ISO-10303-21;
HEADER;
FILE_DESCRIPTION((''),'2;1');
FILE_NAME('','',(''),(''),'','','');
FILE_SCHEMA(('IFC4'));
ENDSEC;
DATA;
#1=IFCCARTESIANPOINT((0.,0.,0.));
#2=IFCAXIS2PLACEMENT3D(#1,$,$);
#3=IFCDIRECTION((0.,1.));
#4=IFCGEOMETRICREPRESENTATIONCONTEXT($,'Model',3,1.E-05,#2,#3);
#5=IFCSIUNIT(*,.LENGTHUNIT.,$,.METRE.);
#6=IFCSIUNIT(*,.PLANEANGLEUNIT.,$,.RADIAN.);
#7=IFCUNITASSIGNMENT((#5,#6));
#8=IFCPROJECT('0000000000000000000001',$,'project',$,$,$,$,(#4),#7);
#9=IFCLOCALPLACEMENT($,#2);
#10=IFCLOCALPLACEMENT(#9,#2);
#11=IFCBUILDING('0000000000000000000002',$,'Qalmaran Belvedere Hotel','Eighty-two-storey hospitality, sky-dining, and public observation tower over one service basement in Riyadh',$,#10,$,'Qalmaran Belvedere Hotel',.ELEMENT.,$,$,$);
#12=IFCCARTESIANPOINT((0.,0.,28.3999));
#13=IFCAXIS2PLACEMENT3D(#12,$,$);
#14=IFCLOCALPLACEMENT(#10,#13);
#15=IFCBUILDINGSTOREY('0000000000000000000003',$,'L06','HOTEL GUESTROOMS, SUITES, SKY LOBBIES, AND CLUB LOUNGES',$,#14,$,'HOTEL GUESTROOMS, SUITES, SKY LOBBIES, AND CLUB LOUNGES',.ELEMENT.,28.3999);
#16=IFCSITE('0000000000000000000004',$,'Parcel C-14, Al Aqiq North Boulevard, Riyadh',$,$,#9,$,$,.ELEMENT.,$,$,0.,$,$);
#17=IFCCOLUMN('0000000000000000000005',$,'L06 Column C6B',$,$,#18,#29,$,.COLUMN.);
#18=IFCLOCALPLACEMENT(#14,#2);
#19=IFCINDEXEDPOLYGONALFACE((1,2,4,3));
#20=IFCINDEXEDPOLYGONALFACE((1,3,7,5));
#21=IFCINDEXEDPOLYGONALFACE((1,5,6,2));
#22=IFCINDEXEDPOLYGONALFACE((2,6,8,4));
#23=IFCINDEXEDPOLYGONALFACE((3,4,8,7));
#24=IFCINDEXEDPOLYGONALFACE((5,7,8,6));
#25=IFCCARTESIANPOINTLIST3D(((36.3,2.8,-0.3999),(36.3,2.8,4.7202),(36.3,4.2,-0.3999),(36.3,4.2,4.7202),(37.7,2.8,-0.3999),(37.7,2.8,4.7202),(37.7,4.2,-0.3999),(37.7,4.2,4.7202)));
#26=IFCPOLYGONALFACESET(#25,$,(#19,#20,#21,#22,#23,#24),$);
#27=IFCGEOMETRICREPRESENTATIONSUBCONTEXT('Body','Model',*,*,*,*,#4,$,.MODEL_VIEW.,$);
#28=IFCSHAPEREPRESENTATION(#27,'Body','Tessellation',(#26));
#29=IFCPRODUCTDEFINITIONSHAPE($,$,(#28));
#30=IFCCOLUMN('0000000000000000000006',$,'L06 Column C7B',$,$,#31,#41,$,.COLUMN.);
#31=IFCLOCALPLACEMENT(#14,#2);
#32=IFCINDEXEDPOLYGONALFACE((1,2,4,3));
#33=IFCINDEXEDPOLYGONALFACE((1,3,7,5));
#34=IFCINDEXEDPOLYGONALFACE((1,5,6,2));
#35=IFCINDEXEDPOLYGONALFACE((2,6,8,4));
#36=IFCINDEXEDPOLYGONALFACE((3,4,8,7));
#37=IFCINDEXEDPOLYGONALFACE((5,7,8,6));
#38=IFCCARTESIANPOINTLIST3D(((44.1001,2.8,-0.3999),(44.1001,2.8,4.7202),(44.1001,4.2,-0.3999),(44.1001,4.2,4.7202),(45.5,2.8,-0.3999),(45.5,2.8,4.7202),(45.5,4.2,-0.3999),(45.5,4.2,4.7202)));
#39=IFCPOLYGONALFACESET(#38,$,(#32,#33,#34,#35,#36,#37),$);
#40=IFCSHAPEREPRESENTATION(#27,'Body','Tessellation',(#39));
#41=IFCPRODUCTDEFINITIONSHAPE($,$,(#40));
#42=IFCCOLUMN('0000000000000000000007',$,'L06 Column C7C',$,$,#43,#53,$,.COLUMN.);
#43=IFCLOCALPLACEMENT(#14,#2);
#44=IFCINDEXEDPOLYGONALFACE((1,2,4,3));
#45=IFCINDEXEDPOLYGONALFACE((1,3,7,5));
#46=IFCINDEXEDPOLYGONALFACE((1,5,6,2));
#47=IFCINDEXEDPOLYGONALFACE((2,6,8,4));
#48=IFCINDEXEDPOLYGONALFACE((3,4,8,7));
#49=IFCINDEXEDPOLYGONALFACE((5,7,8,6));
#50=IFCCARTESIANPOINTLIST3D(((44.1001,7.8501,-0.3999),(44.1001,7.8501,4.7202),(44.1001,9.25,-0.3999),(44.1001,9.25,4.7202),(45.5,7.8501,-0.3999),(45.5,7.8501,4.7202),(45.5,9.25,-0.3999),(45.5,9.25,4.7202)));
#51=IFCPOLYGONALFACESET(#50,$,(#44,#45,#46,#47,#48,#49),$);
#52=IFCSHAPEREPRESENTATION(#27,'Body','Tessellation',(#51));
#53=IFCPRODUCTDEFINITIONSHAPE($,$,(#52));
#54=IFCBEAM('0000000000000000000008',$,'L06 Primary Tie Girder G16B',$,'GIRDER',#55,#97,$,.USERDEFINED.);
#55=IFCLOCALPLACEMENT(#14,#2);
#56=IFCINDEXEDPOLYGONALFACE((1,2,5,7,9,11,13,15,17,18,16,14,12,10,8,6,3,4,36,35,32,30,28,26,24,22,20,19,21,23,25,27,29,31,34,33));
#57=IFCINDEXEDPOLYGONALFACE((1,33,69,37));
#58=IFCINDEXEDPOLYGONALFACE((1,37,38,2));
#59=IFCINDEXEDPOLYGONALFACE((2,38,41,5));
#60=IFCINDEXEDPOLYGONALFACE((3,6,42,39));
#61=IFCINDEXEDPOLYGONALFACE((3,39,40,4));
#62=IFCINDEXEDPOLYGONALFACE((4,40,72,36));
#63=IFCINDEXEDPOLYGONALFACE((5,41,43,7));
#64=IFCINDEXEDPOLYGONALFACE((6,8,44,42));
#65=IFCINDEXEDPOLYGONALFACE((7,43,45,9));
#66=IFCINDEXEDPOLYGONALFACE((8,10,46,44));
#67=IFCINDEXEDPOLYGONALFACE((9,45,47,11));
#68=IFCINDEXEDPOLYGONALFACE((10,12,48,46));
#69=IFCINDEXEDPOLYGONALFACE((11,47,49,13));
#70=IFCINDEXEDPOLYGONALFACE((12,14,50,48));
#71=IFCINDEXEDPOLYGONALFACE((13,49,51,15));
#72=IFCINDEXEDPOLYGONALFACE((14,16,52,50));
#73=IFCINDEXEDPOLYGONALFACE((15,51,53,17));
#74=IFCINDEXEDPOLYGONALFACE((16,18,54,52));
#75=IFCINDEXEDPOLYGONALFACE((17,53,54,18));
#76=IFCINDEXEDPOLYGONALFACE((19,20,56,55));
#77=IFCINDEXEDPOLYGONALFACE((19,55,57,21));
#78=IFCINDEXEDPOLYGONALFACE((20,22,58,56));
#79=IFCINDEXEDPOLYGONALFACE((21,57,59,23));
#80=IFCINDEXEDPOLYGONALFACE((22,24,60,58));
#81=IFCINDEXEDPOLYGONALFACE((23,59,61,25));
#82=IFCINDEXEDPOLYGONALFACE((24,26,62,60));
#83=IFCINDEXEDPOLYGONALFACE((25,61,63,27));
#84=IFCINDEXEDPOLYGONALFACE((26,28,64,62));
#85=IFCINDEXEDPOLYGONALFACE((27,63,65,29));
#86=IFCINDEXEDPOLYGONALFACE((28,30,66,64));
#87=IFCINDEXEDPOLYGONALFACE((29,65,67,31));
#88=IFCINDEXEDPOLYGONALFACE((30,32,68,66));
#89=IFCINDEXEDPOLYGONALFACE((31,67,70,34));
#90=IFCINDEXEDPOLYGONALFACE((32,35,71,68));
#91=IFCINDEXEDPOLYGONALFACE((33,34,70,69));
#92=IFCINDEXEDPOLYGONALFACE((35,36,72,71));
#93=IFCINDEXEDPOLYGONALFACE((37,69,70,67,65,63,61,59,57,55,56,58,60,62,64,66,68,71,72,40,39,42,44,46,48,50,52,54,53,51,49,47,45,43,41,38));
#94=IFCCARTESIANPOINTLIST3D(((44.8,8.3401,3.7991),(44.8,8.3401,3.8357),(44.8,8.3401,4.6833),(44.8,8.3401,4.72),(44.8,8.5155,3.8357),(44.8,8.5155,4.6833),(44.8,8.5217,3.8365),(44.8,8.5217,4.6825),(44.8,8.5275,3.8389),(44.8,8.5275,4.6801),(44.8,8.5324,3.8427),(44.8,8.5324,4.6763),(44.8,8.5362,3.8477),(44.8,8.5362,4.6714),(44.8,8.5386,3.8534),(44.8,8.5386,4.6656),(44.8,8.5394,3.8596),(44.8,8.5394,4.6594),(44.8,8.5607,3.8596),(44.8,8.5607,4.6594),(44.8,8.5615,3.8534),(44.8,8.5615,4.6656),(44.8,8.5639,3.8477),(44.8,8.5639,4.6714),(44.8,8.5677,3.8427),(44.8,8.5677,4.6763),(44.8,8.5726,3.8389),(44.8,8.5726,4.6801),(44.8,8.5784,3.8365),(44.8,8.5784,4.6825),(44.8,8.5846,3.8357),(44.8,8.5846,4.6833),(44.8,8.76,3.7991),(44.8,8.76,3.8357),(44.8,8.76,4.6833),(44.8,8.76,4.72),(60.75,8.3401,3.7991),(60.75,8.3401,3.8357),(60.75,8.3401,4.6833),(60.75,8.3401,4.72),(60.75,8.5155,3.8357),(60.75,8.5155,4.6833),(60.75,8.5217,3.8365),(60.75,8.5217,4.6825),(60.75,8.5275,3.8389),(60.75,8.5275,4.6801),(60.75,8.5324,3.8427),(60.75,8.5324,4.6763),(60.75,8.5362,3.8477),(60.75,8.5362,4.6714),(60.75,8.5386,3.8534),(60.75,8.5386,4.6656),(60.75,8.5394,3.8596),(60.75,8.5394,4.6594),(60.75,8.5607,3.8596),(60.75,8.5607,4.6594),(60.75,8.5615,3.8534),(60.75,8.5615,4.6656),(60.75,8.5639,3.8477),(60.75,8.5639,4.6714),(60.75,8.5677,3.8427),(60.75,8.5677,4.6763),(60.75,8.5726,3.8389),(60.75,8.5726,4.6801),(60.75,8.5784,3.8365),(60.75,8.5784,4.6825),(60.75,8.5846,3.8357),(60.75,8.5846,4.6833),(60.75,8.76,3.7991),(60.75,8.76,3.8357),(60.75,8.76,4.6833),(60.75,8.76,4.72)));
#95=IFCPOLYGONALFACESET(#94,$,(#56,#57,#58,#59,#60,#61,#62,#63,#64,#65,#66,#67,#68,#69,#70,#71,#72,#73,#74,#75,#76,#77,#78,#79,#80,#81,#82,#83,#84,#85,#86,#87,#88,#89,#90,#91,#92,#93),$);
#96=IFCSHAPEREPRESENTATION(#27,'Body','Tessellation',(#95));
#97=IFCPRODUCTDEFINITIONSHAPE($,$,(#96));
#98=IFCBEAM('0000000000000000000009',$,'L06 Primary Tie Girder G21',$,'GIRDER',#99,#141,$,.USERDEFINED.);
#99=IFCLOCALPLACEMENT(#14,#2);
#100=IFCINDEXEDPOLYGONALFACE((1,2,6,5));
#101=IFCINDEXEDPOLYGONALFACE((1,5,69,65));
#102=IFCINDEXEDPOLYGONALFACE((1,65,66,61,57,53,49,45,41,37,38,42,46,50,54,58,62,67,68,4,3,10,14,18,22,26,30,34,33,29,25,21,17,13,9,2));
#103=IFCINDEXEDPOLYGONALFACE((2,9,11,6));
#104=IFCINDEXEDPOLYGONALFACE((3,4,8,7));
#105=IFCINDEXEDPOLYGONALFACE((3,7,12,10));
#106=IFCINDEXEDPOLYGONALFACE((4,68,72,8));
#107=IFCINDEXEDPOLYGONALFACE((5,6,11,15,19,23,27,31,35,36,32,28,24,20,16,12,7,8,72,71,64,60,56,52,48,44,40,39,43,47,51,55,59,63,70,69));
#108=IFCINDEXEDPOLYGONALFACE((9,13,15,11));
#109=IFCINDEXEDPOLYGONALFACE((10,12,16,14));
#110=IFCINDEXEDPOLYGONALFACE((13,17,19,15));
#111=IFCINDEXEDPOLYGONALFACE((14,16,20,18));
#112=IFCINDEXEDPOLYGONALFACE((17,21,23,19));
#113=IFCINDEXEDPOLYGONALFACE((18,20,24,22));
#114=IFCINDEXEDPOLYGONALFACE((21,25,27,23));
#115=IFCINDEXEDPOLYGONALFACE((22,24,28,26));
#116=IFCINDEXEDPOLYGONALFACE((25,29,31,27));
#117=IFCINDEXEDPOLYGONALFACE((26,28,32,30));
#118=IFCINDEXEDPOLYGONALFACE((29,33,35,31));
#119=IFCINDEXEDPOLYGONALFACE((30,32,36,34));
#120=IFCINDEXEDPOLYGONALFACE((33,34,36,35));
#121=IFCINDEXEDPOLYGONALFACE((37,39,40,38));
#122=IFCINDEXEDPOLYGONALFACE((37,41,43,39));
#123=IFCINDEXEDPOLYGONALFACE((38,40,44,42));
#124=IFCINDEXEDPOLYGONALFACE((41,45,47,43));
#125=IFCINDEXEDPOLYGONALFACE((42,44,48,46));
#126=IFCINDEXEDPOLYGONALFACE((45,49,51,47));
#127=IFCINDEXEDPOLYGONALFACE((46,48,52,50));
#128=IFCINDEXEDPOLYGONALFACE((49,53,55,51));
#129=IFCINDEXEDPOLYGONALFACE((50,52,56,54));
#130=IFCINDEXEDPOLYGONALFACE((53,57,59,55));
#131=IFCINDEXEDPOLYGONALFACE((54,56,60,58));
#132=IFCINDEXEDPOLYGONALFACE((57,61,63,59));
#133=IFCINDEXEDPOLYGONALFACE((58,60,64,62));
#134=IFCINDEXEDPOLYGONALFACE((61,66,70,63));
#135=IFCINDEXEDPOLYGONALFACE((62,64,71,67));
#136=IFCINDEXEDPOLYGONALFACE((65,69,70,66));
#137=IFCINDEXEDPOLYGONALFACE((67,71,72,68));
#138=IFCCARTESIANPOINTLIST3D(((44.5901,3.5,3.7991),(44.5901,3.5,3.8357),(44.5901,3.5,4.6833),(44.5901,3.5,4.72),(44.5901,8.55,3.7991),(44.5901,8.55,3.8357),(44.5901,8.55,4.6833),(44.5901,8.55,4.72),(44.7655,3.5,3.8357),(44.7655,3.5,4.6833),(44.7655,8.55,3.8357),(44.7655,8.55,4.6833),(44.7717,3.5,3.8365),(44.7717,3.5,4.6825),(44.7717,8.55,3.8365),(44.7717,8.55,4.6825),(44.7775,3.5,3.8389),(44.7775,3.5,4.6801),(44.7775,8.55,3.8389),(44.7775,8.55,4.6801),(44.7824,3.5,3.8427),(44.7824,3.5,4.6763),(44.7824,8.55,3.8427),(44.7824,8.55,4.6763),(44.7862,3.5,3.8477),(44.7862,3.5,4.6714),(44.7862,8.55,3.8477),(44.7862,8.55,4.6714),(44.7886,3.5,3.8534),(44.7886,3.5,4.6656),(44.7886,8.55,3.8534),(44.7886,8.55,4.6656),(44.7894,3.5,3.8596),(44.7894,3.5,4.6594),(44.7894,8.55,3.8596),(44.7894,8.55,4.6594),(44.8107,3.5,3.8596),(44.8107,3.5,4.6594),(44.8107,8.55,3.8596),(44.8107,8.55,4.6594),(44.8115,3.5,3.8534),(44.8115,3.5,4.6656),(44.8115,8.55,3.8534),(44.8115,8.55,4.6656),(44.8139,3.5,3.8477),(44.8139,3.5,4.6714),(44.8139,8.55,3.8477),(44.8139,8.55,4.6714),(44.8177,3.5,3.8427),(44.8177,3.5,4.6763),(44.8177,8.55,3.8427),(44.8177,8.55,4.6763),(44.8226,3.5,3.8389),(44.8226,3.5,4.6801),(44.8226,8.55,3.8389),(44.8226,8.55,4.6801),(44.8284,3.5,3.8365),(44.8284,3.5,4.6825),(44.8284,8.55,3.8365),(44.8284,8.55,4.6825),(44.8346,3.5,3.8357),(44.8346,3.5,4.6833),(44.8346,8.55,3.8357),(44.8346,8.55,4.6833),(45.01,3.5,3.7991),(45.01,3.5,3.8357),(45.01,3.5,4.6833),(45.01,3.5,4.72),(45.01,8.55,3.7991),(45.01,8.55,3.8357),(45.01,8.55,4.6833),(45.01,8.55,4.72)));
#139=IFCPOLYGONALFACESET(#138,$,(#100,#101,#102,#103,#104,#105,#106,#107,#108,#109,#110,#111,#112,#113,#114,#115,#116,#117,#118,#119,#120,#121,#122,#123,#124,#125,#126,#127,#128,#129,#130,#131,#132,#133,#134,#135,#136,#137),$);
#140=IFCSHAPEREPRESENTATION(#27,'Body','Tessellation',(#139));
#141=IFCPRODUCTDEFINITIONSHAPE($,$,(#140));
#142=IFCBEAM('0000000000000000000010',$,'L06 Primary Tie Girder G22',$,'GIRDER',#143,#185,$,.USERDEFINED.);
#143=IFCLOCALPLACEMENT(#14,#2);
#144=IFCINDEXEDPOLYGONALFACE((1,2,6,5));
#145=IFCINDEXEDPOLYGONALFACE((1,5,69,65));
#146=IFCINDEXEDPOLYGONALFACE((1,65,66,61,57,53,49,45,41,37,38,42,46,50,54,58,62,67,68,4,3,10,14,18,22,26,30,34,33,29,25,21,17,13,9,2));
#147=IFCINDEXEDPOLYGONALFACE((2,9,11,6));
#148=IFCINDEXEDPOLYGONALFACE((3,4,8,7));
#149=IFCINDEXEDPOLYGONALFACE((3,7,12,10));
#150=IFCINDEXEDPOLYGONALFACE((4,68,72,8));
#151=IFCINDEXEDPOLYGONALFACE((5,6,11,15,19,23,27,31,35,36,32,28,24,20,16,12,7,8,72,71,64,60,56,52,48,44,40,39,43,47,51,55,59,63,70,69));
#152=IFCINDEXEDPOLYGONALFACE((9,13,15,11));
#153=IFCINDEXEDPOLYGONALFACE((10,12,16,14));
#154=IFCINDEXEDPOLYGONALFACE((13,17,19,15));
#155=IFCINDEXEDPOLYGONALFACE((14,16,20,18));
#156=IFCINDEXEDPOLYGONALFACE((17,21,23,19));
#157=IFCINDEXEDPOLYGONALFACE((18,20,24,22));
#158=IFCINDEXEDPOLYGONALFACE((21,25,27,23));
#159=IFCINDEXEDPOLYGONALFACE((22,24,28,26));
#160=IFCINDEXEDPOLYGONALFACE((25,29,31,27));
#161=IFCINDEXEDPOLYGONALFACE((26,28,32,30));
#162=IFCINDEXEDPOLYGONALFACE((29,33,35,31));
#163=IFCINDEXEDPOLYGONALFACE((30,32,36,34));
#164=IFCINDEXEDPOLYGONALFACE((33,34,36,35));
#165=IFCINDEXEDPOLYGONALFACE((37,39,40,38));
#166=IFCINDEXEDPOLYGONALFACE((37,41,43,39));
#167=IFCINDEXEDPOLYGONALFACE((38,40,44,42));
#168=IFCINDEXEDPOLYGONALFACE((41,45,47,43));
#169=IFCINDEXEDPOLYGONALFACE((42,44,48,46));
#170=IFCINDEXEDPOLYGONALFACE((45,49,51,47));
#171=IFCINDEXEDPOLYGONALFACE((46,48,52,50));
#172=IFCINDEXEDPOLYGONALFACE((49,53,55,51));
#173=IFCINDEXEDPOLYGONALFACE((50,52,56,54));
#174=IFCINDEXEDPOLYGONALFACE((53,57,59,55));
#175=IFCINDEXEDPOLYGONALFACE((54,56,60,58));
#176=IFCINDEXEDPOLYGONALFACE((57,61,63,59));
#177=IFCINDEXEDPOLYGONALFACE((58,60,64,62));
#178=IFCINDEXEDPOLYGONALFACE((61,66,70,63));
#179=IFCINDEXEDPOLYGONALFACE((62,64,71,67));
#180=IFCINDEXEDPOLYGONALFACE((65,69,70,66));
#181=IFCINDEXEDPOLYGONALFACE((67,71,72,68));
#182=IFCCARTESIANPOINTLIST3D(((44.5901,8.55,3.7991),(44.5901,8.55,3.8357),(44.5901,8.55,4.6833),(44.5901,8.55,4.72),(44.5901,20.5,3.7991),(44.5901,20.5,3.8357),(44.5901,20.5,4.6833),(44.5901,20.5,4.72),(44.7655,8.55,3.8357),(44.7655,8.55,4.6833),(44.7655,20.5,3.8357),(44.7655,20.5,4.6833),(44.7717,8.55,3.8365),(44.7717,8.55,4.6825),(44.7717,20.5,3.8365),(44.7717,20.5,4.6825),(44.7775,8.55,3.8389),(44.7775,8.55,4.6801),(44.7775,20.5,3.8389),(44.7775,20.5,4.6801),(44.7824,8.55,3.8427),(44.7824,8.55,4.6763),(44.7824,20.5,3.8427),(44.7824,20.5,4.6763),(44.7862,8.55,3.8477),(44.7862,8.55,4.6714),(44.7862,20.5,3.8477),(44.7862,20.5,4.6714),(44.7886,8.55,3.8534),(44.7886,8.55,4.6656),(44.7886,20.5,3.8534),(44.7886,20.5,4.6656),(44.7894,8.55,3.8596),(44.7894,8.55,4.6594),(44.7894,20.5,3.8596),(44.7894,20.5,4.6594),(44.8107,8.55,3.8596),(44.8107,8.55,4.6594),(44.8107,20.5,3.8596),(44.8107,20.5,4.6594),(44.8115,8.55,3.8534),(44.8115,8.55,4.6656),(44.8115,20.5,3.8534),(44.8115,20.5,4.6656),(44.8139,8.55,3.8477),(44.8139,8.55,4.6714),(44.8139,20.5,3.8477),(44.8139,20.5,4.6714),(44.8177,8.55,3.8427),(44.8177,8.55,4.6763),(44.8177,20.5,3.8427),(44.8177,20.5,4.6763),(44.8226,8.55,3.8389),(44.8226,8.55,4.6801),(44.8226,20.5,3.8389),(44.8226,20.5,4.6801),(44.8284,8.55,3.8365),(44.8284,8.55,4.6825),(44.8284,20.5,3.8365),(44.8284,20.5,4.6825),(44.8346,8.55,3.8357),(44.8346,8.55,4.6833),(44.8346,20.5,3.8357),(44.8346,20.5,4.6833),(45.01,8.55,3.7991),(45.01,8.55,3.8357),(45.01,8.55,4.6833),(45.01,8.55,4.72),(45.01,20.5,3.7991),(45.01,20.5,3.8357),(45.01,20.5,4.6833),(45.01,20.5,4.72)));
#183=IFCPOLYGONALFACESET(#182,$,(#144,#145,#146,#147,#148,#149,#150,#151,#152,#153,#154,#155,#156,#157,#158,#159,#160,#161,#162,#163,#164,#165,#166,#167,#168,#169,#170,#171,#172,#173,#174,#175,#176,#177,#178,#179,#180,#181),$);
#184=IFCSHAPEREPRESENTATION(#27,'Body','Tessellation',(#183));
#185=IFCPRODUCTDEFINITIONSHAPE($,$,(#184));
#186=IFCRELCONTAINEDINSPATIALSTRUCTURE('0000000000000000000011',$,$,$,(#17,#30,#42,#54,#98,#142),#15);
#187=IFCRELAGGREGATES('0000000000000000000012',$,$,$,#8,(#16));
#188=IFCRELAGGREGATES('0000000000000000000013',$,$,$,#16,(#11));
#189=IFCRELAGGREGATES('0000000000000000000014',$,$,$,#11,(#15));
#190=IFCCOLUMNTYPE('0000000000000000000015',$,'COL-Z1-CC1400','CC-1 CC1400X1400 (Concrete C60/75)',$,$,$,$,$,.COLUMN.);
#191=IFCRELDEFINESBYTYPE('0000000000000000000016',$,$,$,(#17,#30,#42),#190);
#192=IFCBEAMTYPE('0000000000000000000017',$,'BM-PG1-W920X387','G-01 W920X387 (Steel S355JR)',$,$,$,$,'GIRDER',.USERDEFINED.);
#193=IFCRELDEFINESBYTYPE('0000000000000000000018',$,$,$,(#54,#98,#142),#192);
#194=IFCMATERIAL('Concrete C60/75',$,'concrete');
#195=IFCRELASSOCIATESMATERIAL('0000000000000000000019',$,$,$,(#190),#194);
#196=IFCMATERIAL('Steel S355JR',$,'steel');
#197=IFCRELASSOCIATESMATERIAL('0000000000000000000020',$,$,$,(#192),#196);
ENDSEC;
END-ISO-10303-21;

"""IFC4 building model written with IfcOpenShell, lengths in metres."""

from ifc_helpers import new_model, si_unit, direction, frame, origin, origin_2d, place, context, subcontext, project, spatial, rectangle, i_section, extrude, material, material_profile, profile_set, type_object, element, save


model = new_model("IFC4")

# Units and contexts
model_context = context("Model", 3, precision=1e-05, world=origin(), true_north=direction((0.0, 1.0)))
body_context = subcontext(model_context, "Body", "Model", "MODEL_VIEW")
ifc_project = project(units=[si_unit("LENGTHUNIT", "METRE"), si_unit("PLANEANGLEUNIT", "RADIAN")], contexts=[model_context])

# Site, building, storey
site_placement = place(None, origin())
site = spatial("IfcSite", under=ifc_project, at=site_placement, Name="Parcel C-14, Al Aqiq North Boulevard, Riyadh", CompositionType="ELEMENT", RefElevation=0.0)
building_placement = place(site_placement, origin())
building = spatial("IfcBuilding", under=site, at=building_placement, Name="Qalmaran Belvedere Hotel", Description="Eighty-two-storey hospitality, sky-dining, and public observation tower over one service basement in Riyadh", LongName="Qalmaran Belvedere Hotel", CompositionType="ELEMENT")
storey_placement = place(building_placement, frame((0.0, 0.0, 28.3999)))
storey = spatial("IfcBuildingStorey", under=building, at=storey_placement, Name="L06", Description="HOTEL GUESTROOMS, SUITES, SKY LOBBIES, AND CLUB LOUNGES", LongName="HOTEL GUESTROOMS, SUITES, SKY LOBBIES, AND CLUB LOUNGES", CompositionType="ELEMENT", Elevation=28.3999)

# Columns
ifc_material_1 = material(Name="Concrete C60/75", Category="concrete")
ifc_material_profile_1 = material_profile(ifc_material_1, rectangle(XDim=1.3999, YDim=1.3999, at=origin_2d()), Name="CC1400X1400")
ifc_profile_set_1 = profile_set([ifc_material_profile_1], Name="Concrete C60/75")
column_type = type_object("IfcColumnType", Name="COL-Z1-CC1400", Description="CC-1 CC1400X1400 (Concrete C60/75)", PredefinedType="COLUMN", material=ifc_profile_set_1)
for number, where, z_axis, x_axis, name in (
    (1, (37.0, 3.5, -0.3999), (0.0, 0.0, 1.0), (1.0, 0.0, 0.0), "L06 Column C6B"),
    (2, (44.8, 3.5, -0.3999), (0.0, 0.0, 1.0), (1.0, 0.0, 0.0), "L06 Column C7B"),
    (3, (44.8, 8.55, -0.3999), (0.0, 0.0, 1.0), (1.0, 0.0, 0.0), "L06 Column C7C"),
):
    element("IfcColumn", number, at=place(storey_placement, frame(where, z_axis=z_axis, x_axis=x_axis)), inside=storey, type_object=column_type, Name=name, PredefinedType="COLUMN", context=body_context, shape_type="SweptSolid", body=[
        extrude(rectangle(XDim=1.3999, YDim=1.3999, at=origin_2d()), origin(), (0.0, 0.0, 1.0), 5.1201),
    ])

# Beams
ifc_material_2 = material(Name="Steel S355JR", Category="steel")
ifc_material_profile_2 = material_profile(ifc_material_2, i_section(OverallWidth=0.4199, OverallDepth=0.9209, WebThickness=0.0212, FlangeThickness=0.0366, FilletRadius=0.0239, at=origin_2d()), Name="W920X387")
ifc_profile_set_2 = profile_set([ifc_material_profile_2], Name="Steel S355JR")
beam_type_1 = type_object("IfcBeamType", Name="BM-PG1-W920X387", Description="G-01 W920X387 (Steel S355JR)", ElementType="GIRDER", PredefinedType="USERDEFINED", material=ifc_profile_set_2)
beam_1_placement = place(storey_placement, frame((44.8, 8.55, 4.2595), z_axis=(1.0, 0.0, 0.0), x_axis=(0.0, 1.0, 0.0)))
element("IfcBeam", 4, at=beam_1_placement, inside=storey, type_object=beam_type_1, Name="L06 Primary Tie Girder G16B", ObjectType="GIRDER", PredefinedType="USERDEFINED", context=body_context, shape_type="SweptSolid", body=[
    extrude(i_section(OverallWidth=0.4199, OverallDepth=0.9209, WebThickness=0.0212, FlangeThickness=0.0366, FilletRadius=0.0239, at=origin_2d()), origin(), (0.0, 0.0, 1.0), 15.95),
])
beam_2_placement = place(storey_placement, frame((44.8, 3.5, 4.2595), z_axis=(0.0, 1.0, 0.0), x_axis=(-1.0, 0.0, 0.0)))
element("IfcBeam", 5, at=beam_2_placement, inside=storey, type_object=beam_type_1, Name="L06 Primary Tie Girder G21", ObjectType="GIRDER", PredefinedType="USERDEFINED", context=body_context, shape_type="SweptSolid", body=[
    extrude(i_section(OverallWidth=0.4199, OverallDepth=0.9209, WebThickness=0.0212, FlangeThickness=0.0366, FilletRadius=0.0239, at=origin_2d()), origin(), (0.0, 0.0, 1.0), 5.05),
])
beam_3_placement = place(storey_placement, frame((44.8, 8.55, 4.2595), z_axis=(0.0, 1.0, 0.0), x_axis=(-1.0, 0.0, 0.0)))
element("IfcBeam", 6, at=beam_3_placement, inside=storey, type_object=beam_type_1, Name="L06 Primary Tie Girder G22", ObjectType="GIRDER", PredefinedType="USERDEFINED", context=body_context, shape_type="SweptSolid", body=[
    extrude(i_section(OverallWidth=0.4199, OverallDepth=0.9209, WebThickness=0.0212, FlangeThickness=0.0366, FilletRadius=0.0239, at=origin_2d()), origin(), (0.0, 0.0, 1.0), 11.95),
])

save(model, "model.ifc")
